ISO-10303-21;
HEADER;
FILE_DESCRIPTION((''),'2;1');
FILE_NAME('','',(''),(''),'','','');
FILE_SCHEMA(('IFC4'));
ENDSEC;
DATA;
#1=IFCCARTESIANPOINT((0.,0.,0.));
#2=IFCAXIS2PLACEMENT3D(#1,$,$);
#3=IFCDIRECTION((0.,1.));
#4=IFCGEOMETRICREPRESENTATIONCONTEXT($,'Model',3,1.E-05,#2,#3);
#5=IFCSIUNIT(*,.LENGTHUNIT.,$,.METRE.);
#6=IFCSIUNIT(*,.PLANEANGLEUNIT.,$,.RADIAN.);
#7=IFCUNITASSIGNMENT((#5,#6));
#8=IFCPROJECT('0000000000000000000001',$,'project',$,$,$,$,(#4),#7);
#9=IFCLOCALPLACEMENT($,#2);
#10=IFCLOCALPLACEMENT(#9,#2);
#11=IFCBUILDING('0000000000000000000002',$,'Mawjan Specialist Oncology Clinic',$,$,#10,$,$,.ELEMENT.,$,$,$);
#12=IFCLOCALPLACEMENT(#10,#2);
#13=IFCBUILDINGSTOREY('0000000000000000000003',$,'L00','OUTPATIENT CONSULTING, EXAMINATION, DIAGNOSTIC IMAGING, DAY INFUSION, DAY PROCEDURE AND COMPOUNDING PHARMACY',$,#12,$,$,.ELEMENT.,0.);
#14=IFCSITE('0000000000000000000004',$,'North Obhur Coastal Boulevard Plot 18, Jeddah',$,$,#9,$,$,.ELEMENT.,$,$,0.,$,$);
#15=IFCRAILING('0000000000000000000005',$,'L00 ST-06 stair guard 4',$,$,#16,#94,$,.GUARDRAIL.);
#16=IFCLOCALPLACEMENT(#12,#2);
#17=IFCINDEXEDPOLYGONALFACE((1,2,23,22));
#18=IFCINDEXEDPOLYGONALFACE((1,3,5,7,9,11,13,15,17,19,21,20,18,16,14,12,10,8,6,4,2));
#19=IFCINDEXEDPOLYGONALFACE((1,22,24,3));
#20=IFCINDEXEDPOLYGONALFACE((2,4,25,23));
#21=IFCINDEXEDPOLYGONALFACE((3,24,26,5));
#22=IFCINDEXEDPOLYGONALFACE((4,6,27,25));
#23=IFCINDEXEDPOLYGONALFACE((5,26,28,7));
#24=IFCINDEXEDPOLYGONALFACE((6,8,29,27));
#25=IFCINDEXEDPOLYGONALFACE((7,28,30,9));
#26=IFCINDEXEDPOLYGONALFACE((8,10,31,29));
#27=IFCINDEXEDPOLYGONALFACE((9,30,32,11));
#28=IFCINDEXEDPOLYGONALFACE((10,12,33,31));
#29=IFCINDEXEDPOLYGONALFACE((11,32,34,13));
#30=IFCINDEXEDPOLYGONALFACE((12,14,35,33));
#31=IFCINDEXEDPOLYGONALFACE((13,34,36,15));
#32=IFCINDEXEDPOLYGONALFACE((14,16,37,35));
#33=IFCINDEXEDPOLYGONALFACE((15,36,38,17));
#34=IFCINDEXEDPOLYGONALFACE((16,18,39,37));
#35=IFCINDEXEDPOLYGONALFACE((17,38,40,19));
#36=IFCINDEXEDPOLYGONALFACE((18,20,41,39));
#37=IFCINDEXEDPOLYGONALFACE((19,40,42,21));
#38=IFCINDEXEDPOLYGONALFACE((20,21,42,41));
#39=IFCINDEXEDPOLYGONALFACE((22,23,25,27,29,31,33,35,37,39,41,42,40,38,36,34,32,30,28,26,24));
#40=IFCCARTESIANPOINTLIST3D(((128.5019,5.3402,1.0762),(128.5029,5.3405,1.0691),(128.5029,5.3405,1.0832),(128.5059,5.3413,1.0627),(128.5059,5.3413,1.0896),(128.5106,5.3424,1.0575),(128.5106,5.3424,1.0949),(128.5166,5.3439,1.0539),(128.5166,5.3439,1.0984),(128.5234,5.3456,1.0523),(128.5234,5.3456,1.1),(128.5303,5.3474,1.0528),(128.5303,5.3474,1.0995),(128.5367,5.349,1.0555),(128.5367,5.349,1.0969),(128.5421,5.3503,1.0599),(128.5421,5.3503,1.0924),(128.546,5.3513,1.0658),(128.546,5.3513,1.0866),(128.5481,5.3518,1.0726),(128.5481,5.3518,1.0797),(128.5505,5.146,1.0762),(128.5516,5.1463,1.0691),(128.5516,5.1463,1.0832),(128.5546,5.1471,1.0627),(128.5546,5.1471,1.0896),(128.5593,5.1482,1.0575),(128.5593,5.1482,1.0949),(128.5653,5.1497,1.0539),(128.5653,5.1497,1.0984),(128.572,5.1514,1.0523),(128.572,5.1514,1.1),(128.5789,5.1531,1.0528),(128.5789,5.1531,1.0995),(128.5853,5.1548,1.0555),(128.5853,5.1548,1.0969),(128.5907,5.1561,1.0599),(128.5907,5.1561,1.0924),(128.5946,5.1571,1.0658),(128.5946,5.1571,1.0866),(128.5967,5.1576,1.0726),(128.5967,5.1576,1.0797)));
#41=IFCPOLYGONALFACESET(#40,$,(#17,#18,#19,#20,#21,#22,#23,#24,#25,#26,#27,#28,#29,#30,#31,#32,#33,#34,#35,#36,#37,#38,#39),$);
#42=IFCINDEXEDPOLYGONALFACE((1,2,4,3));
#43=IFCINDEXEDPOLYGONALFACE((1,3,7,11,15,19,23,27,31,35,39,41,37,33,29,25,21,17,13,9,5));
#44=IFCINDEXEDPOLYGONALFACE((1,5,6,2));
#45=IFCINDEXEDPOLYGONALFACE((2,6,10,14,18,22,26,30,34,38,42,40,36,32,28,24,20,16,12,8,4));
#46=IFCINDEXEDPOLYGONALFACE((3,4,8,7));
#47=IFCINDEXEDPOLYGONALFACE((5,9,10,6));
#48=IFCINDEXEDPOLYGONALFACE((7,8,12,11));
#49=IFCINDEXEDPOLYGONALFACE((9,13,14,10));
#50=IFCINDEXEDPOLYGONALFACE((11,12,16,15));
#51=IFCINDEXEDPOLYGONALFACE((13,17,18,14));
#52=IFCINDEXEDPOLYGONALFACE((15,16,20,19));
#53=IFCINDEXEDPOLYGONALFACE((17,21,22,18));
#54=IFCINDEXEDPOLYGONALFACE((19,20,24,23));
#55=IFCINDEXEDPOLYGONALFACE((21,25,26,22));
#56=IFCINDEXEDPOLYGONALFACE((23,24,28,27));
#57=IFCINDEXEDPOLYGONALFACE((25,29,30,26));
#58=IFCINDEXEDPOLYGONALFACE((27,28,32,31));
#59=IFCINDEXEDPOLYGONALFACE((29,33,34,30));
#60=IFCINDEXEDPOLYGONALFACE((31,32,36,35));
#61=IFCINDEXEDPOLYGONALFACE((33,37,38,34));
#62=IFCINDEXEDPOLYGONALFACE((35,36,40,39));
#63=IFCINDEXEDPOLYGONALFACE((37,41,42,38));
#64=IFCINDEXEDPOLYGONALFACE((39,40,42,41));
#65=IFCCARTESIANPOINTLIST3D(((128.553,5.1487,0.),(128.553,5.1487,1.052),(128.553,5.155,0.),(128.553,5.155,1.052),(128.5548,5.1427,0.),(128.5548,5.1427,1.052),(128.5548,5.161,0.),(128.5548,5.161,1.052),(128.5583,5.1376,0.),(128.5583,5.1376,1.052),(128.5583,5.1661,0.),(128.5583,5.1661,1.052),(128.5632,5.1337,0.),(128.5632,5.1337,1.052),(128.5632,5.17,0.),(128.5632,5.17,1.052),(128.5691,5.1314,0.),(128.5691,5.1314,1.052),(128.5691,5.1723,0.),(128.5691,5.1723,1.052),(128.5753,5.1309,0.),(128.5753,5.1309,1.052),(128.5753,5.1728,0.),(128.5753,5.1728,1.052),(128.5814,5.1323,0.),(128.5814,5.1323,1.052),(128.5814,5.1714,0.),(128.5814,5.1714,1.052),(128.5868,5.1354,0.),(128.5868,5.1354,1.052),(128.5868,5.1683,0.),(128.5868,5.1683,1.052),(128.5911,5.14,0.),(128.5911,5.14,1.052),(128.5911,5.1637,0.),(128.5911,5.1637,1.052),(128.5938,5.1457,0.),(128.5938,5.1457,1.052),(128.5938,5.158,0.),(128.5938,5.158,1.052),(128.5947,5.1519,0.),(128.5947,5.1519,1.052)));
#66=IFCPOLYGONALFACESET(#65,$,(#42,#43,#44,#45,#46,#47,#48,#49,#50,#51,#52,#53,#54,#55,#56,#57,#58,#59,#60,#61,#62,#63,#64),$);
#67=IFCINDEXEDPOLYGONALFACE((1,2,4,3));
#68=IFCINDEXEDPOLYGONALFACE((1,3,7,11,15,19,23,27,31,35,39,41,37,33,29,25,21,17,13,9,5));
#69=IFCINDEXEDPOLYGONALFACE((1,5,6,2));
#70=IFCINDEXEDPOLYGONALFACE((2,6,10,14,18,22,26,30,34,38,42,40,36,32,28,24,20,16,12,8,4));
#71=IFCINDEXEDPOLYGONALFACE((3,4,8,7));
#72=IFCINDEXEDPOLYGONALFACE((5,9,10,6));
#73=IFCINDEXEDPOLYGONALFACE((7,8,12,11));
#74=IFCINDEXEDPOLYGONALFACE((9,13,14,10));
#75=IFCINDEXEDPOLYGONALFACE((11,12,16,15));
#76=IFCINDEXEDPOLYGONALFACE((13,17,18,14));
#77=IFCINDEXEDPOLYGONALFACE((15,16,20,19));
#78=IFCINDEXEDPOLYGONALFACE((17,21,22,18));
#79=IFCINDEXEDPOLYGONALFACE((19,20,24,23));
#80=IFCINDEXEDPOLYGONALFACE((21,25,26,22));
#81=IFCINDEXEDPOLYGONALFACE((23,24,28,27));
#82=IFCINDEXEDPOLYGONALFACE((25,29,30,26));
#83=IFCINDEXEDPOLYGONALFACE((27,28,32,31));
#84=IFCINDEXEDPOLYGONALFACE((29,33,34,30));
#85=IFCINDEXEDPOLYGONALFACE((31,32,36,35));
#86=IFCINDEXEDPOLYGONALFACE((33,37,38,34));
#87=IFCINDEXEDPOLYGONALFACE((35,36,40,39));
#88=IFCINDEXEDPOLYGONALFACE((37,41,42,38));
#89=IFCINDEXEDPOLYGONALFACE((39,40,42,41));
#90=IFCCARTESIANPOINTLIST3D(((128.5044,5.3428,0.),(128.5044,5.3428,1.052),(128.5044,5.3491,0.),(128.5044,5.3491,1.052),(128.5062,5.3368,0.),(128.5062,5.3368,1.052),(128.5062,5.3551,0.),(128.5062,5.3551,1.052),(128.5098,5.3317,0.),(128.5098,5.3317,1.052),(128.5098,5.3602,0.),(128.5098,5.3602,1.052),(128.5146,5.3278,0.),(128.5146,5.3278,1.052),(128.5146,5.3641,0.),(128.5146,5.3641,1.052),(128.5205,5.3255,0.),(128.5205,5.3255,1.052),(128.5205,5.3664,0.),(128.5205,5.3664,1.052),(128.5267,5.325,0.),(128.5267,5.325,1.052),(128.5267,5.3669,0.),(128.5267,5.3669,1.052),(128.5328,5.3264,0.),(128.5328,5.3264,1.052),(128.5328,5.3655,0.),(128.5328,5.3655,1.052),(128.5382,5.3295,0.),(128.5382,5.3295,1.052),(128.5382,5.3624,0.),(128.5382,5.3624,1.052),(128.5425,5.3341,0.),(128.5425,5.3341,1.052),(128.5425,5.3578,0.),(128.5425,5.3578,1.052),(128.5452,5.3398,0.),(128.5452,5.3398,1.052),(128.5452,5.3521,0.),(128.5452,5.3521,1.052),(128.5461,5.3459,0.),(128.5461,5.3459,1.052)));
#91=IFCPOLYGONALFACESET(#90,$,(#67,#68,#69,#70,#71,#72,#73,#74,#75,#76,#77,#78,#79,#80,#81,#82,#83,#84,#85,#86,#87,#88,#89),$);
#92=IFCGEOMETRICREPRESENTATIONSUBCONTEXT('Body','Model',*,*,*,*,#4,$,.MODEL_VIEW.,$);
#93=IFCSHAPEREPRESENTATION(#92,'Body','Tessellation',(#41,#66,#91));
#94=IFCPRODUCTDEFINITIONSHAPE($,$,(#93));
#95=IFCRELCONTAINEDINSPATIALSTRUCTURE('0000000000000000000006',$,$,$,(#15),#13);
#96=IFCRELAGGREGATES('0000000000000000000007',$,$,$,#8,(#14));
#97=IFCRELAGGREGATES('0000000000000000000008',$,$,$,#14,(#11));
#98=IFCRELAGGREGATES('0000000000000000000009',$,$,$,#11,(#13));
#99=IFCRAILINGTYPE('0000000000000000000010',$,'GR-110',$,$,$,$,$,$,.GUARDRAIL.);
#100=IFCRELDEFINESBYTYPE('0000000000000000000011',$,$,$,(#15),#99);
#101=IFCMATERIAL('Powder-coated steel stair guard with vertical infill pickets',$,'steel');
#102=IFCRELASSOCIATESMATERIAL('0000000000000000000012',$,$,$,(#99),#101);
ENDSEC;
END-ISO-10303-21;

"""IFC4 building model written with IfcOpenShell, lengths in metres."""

from ifc_helpers import new_model, si_unit, direction, frame, origin, origin_2d, place, context, subcontext, project, spatial, circle, extrude, material, type_object, element, save


model = new_model("IFC4")

# Units and contexts
model_context = context("Model", 3, precision=1e-05, world=origin(), true_north=direction((0.0, 1.0)))
body_context = subcontext(model_context, "Body", "Model", "MODEL_VIEW")
ifc_project = project(units=[si_unit("LENGTHUNIT", "METRE"), si_unit("PLANEANGLEUNIT", "RADIAN")], contexts=[model_context])

# Site, building, storey
site_placement = place(None, origin())
site = spatial("IfcSite", under=ifc_project, at=site_placement, Name="North Obhur Coastal Boulevard Plot 18, Jeddah", CompositionType="ELEMENT", RefElevation=0.0)
building_placement = place(site_placement, origin())
building = spatial("IfcBuilding", under=site, at=building_placement, Name="Mawjan Specialist Oncology Clinic", CompositionType="ELEMENT")
storey_placement = place(building_placement, origin())
storey = spatial("IfcBuildingStorey", under=building, at=storey_placement, Name="L00", Description="OUTPATIENT CONSULTING, EXAMINATION, DIAGNOSTIC IMAGING, DAY INFUSION, DAY PROCEDURE AND COMPOUNDING PHARMACY", CompositionType="ELEMENT", Elevation=0.0)

# Railing
ifc_material_1 = material(Name="Powder-coated steel stair guard with vertical infill pickets", Category="steel")
railing_type = type_object("IfcRailingType", Name="GR-110", PredefinedType="GUARDRAIL", material=ifc_material_1)
railing_1_placement = place(storey_placement, frame((128.5737, 5.1519, 0.0)))
element("IfcRailing", 1, at=railing_1_placement, inside=storey, type_object=railing_type, Name="L00 ST-06 stair guard 4", PredefinedType="GUARDRAIL", context=body_context, shape_type="SweptSolid", body=[
    extrude(circle(Radius=0.0239, at=origin_2d()), frame((0.0, 0.0, 1.0762), z_axis=(-0.242823, 0.970071, 0.0), x_axis=(-0.970071, -0.242823, 0.0)), (0.0, 0.0, 1.0), 0.2002),
    extrude(circle(Radius=0.021, at=origin_2d()), origin(), (0.0, 0.0, 1.0), 1.052),
    extrude(circle(Radius=0.021, at=origin_2d()), frame((-0.0486, 0.1941, 0.0)), (0.0, 0.0, 1.0), 1.052),
])

save(model, "model.ifc")
